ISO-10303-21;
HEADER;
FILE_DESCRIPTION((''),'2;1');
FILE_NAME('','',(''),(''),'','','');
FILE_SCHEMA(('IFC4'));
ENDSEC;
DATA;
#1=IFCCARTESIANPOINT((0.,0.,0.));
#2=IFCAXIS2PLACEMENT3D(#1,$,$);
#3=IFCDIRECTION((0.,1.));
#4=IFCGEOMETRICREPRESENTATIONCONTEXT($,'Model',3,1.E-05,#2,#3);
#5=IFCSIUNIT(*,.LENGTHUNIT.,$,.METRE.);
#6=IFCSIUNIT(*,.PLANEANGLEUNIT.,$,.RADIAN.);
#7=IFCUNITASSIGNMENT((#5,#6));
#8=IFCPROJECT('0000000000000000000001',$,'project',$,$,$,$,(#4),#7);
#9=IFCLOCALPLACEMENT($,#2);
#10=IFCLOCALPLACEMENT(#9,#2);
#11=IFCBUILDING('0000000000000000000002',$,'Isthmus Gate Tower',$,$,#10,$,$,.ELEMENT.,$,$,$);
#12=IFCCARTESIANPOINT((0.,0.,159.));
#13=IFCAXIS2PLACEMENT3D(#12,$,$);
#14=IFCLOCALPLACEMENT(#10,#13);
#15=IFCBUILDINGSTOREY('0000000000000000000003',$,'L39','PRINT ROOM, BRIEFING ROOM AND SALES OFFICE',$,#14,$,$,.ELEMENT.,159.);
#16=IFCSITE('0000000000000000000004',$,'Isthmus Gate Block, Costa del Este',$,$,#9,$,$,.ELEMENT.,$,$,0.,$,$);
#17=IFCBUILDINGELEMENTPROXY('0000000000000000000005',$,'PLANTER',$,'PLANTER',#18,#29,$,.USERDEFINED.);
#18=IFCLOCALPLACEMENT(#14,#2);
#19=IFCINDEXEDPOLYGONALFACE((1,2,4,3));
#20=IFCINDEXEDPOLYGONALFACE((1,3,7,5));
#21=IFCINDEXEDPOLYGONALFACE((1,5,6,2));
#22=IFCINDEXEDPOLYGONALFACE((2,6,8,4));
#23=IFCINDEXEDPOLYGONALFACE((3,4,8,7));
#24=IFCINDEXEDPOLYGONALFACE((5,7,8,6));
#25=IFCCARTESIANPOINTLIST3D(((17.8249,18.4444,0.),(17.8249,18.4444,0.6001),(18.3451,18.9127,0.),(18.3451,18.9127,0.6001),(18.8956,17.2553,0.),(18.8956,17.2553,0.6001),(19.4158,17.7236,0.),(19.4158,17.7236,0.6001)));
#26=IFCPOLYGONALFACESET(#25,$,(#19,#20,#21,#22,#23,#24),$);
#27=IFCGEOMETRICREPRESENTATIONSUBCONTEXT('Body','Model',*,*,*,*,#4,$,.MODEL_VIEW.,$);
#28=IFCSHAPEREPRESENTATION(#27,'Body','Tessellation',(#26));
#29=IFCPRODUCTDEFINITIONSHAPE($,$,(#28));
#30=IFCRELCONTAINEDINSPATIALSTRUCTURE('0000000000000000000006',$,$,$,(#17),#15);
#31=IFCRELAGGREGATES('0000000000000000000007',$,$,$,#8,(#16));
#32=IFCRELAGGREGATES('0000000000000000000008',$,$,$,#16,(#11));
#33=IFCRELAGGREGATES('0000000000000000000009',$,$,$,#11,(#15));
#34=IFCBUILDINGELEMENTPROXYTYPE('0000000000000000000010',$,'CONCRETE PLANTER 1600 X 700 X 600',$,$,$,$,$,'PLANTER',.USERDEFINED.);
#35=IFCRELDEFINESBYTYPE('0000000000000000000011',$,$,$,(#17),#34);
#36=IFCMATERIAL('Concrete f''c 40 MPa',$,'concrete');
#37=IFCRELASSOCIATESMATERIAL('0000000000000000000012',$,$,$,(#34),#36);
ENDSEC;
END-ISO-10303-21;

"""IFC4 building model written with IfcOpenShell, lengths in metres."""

from ifc_helpers import new_model, si_unit, direction, frame, origin, origin_2d, place, context, subcontext, project, spatial, rectangle, extrude, material, type_object, element, save


model = new_model("IFC4")

# Units and contexts
model_context = context("Model", 3, precision=1e-05, world=origin(), true_north=direction((0.0, 1.0)))
body_context = subcontext(model_context, "Body", "Model", "MODEL_VIEW")
ifc_project = project(units=[si_unit("LENGTHUNIT", "METRE"), si_unit("PLANEANGLEUNIT", "RADIAN")], contexts=[model_context])

# Site, building, storey
site_placement = place(None, origin())
site = spatial("IfcSite", under=ifc_project, at=site_placement, Name="Isthmus Gate Block, Costa del Este", CompositionType="ELEMENT", RefElevation=0.0)
building_placement = place(site_placement, origin())
building = spatial("IfcBuilding", under=site, at=building_placement, Name="Isthmus Gate Tower", CompositionType="ELEMENT")
storey_placement = place(building_placement, frame((0.0, 0.0, 159.0)))
storey = spatial("IfcBuildingStorey", under=building, at=storey_placement, Name="L39", Description="PRINT ROOM, BRIEFING ROOM AND SALES OFFICE", CompositionType="ELEMENT", Elevation=159.0)

# Building element proxy
ifc_material_1 = material(Name="Concrete f'c 40 MPa", Category="concrete")
building_element_proxy_type = type_object("IfcBuildingElementProxyType", Name="CONCRETE PLANTER 1600 X 700 X 600", ElementType="PLANTER", PredefinedType="USERDEFINED", material=ifc_material_1)
for number, where, z_axis, x_axis, name in (
    (1, (18.6204, 18.084, 0.0), (0.0, 0.0, 1.0), (-0.669131, 0.743145, 0.0), "PLANTER"),
):
    element("IfcBuildingElementProxy", number, at=place(storey_placement, frame(where, z_axis=z_axis, x_axis=x_axis)), inside=storey, type_object=building_element_proxy_type, Name=name, ObjectType="PLANTER", PredefinedType="USERDEFINED", context=body_context, shape_type="SweptSolid", body=[
        extrude(rectangle(XDim=1.6001, YDim=0.7, at=origin_2d()), origin(), (0.0, 0.0, 1.0), 0.6001),
    ])

save(model, "model.ifc")
